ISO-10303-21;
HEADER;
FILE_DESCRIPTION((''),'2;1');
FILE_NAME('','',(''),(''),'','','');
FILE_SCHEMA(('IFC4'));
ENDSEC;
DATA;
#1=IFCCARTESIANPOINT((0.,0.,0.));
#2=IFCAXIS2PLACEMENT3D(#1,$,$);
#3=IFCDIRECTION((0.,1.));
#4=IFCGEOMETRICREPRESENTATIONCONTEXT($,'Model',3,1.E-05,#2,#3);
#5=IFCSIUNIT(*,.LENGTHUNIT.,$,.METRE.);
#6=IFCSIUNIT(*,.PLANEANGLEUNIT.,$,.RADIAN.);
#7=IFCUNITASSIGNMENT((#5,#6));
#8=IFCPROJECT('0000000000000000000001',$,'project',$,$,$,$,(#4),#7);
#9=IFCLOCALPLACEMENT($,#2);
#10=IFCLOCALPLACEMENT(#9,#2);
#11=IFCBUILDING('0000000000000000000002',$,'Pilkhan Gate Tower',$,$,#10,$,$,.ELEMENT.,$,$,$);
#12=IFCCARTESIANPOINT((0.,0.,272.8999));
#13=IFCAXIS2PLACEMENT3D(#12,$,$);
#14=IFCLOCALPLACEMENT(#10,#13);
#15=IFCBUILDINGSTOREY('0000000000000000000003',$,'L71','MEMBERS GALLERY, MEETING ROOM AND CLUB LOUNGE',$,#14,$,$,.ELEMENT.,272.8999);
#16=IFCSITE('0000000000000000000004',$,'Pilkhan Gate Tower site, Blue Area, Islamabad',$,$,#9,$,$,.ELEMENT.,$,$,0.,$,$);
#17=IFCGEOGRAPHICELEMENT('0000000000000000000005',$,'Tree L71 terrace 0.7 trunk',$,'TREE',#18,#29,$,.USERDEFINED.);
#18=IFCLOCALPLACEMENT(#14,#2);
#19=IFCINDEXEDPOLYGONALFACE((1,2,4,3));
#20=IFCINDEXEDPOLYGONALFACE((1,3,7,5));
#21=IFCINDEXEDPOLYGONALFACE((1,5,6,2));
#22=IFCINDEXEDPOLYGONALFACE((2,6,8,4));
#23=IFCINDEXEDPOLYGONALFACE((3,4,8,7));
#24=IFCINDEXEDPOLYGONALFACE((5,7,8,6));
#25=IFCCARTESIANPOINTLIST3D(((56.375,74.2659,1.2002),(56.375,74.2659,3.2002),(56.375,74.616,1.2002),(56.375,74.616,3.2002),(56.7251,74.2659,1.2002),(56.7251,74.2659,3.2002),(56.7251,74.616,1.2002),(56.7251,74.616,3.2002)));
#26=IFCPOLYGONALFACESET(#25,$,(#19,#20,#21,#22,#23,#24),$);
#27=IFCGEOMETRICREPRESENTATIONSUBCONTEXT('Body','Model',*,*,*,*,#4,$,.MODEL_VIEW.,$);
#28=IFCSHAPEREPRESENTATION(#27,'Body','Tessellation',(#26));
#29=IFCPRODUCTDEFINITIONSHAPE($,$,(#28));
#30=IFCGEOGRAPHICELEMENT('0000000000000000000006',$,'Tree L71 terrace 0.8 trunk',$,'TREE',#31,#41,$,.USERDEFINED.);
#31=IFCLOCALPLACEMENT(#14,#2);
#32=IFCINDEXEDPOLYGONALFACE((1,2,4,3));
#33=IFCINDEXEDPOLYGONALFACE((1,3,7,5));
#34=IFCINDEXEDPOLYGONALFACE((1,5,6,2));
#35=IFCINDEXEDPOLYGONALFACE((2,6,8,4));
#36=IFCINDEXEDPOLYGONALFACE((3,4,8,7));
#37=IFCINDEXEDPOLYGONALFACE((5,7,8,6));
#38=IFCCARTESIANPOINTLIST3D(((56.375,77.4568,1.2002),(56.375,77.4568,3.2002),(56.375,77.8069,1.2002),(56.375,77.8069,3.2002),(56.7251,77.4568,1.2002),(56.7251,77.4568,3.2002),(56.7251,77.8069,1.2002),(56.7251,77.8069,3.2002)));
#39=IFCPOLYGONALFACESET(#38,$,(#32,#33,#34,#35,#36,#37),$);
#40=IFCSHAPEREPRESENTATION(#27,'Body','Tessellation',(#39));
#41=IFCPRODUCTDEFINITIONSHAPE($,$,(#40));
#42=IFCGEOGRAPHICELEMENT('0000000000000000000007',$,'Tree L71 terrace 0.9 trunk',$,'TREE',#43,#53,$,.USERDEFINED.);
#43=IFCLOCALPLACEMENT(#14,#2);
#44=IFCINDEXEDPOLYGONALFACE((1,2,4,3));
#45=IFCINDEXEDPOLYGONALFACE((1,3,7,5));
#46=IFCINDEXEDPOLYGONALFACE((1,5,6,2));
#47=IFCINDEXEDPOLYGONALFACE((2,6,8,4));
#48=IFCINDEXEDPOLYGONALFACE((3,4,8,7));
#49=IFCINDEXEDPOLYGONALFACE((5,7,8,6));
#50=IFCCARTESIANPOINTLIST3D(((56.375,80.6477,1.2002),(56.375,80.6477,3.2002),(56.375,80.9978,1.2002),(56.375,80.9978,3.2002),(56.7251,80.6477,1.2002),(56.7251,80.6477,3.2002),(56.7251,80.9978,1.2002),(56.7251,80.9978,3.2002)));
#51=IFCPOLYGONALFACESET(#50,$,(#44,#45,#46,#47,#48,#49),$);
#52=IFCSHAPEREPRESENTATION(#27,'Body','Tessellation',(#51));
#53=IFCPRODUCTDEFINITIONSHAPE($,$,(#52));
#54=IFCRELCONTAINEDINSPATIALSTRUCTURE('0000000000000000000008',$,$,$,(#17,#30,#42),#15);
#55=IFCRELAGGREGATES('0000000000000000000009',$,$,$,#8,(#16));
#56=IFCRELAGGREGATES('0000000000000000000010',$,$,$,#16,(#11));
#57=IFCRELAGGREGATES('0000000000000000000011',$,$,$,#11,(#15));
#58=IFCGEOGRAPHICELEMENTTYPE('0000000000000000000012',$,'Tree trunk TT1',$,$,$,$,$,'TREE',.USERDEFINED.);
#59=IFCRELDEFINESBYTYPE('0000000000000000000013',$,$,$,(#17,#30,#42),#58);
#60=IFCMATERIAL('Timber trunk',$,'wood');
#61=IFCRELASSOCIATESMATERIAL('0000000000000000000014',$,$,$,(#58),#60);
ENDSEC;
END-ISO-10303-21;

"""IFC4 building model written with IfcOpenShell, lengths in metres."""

from ifc_helpers import new_model, si_unit, direction, frame, origin, origin_2d, place, context, subcontext, project, spatial, rectangle, extrude, material, type_object, element, save


model = new_model("IFC4")

# Units and contexts
model_context = context("Model", 3, precision=1e-05, world=origin(), true_north=direction((0.0, 1.0)))
body_context = subcontext(model_context, "Body", "Model", "MODEL_VIEW")
ifc_project = project(units=[si_unit("LENGTHUNIT", "METRE"), si_unit("PLANEANGLEUNIT", "RADIAN")], contexts=[model_context])

# Site, building, storey
site_placement = place(None, origin())
site = spatial("IfcSite", under=ifc_project, at=site_placement, Name="Pilkhan Gate Tower site, Blue Area, Islamabad", CompositionType="ELEMENT", RefElevation=0.0)
building_placement = place(site_placement, origin())
building = spatial("IfcBuilding", under=site, at=building_placement, Name="Pilkhan Gate Tower", CompositionType="ELEMENT")
storey_placement = place(building_placement, frame((0.0, 0.0, 272.8999)))
storey = spatial("IfcBuildingStorey", under=building, at=storey_placement, Name="L71", Description="MEMBERS GALLERY, MEETING ROOM AND CLUB LOUNGE", CompositionType="ELEMENT", Elevation=272.8999)

# Geographic elements
ifc_material_1 = material(Name="Timber trunk", Category="wood")
geographic_element_type_1 = type_object("IfcGeographicElementType", Name="Tree trunk TT1", ElementType="TREE", PredefinedType="USERDEFINED", material=ifc_material_1)
for number, where, z_axis, x_axis, name in (
    (1, (56.55, 74.4409, 1.2002), (0.0, 0.0, 1.0), (1.0, 0.0, 0.0), "Tree L71 terrace 0.7 trunk"),
    (2, (56.55, 77.6318, 1.2002), (0.0, 0.0, 1.0), (1.0, 0.0, 0.0), "Tree L71 terrace 0.8 trunk"),
    (3, (56.55, 80.8228, 1.2002), (0.0, 0.0, 1.0), (1.0, 0.0, 0.0), "Tree L71 terrace 0.9 trunk"),
):
    element("IfcGeographicElement", number, at=place(storey_placement, frame(where, z_axis=z_axis, x_axis=x_axis)), inside=storey, type_object=geographic_element_type_1, Name=name, ObjectType="TREE", PredefinedType="USERDEFINED", context=body_context, shape_type="SweptSolid", body=[
        extrude(rectangle(XDim=0.3501, YDim=0.3501, at=origin_2d()), origin(), (0.0, 0.0, 1.0), 2.0),
    ])

save(model, "model.ifc")
